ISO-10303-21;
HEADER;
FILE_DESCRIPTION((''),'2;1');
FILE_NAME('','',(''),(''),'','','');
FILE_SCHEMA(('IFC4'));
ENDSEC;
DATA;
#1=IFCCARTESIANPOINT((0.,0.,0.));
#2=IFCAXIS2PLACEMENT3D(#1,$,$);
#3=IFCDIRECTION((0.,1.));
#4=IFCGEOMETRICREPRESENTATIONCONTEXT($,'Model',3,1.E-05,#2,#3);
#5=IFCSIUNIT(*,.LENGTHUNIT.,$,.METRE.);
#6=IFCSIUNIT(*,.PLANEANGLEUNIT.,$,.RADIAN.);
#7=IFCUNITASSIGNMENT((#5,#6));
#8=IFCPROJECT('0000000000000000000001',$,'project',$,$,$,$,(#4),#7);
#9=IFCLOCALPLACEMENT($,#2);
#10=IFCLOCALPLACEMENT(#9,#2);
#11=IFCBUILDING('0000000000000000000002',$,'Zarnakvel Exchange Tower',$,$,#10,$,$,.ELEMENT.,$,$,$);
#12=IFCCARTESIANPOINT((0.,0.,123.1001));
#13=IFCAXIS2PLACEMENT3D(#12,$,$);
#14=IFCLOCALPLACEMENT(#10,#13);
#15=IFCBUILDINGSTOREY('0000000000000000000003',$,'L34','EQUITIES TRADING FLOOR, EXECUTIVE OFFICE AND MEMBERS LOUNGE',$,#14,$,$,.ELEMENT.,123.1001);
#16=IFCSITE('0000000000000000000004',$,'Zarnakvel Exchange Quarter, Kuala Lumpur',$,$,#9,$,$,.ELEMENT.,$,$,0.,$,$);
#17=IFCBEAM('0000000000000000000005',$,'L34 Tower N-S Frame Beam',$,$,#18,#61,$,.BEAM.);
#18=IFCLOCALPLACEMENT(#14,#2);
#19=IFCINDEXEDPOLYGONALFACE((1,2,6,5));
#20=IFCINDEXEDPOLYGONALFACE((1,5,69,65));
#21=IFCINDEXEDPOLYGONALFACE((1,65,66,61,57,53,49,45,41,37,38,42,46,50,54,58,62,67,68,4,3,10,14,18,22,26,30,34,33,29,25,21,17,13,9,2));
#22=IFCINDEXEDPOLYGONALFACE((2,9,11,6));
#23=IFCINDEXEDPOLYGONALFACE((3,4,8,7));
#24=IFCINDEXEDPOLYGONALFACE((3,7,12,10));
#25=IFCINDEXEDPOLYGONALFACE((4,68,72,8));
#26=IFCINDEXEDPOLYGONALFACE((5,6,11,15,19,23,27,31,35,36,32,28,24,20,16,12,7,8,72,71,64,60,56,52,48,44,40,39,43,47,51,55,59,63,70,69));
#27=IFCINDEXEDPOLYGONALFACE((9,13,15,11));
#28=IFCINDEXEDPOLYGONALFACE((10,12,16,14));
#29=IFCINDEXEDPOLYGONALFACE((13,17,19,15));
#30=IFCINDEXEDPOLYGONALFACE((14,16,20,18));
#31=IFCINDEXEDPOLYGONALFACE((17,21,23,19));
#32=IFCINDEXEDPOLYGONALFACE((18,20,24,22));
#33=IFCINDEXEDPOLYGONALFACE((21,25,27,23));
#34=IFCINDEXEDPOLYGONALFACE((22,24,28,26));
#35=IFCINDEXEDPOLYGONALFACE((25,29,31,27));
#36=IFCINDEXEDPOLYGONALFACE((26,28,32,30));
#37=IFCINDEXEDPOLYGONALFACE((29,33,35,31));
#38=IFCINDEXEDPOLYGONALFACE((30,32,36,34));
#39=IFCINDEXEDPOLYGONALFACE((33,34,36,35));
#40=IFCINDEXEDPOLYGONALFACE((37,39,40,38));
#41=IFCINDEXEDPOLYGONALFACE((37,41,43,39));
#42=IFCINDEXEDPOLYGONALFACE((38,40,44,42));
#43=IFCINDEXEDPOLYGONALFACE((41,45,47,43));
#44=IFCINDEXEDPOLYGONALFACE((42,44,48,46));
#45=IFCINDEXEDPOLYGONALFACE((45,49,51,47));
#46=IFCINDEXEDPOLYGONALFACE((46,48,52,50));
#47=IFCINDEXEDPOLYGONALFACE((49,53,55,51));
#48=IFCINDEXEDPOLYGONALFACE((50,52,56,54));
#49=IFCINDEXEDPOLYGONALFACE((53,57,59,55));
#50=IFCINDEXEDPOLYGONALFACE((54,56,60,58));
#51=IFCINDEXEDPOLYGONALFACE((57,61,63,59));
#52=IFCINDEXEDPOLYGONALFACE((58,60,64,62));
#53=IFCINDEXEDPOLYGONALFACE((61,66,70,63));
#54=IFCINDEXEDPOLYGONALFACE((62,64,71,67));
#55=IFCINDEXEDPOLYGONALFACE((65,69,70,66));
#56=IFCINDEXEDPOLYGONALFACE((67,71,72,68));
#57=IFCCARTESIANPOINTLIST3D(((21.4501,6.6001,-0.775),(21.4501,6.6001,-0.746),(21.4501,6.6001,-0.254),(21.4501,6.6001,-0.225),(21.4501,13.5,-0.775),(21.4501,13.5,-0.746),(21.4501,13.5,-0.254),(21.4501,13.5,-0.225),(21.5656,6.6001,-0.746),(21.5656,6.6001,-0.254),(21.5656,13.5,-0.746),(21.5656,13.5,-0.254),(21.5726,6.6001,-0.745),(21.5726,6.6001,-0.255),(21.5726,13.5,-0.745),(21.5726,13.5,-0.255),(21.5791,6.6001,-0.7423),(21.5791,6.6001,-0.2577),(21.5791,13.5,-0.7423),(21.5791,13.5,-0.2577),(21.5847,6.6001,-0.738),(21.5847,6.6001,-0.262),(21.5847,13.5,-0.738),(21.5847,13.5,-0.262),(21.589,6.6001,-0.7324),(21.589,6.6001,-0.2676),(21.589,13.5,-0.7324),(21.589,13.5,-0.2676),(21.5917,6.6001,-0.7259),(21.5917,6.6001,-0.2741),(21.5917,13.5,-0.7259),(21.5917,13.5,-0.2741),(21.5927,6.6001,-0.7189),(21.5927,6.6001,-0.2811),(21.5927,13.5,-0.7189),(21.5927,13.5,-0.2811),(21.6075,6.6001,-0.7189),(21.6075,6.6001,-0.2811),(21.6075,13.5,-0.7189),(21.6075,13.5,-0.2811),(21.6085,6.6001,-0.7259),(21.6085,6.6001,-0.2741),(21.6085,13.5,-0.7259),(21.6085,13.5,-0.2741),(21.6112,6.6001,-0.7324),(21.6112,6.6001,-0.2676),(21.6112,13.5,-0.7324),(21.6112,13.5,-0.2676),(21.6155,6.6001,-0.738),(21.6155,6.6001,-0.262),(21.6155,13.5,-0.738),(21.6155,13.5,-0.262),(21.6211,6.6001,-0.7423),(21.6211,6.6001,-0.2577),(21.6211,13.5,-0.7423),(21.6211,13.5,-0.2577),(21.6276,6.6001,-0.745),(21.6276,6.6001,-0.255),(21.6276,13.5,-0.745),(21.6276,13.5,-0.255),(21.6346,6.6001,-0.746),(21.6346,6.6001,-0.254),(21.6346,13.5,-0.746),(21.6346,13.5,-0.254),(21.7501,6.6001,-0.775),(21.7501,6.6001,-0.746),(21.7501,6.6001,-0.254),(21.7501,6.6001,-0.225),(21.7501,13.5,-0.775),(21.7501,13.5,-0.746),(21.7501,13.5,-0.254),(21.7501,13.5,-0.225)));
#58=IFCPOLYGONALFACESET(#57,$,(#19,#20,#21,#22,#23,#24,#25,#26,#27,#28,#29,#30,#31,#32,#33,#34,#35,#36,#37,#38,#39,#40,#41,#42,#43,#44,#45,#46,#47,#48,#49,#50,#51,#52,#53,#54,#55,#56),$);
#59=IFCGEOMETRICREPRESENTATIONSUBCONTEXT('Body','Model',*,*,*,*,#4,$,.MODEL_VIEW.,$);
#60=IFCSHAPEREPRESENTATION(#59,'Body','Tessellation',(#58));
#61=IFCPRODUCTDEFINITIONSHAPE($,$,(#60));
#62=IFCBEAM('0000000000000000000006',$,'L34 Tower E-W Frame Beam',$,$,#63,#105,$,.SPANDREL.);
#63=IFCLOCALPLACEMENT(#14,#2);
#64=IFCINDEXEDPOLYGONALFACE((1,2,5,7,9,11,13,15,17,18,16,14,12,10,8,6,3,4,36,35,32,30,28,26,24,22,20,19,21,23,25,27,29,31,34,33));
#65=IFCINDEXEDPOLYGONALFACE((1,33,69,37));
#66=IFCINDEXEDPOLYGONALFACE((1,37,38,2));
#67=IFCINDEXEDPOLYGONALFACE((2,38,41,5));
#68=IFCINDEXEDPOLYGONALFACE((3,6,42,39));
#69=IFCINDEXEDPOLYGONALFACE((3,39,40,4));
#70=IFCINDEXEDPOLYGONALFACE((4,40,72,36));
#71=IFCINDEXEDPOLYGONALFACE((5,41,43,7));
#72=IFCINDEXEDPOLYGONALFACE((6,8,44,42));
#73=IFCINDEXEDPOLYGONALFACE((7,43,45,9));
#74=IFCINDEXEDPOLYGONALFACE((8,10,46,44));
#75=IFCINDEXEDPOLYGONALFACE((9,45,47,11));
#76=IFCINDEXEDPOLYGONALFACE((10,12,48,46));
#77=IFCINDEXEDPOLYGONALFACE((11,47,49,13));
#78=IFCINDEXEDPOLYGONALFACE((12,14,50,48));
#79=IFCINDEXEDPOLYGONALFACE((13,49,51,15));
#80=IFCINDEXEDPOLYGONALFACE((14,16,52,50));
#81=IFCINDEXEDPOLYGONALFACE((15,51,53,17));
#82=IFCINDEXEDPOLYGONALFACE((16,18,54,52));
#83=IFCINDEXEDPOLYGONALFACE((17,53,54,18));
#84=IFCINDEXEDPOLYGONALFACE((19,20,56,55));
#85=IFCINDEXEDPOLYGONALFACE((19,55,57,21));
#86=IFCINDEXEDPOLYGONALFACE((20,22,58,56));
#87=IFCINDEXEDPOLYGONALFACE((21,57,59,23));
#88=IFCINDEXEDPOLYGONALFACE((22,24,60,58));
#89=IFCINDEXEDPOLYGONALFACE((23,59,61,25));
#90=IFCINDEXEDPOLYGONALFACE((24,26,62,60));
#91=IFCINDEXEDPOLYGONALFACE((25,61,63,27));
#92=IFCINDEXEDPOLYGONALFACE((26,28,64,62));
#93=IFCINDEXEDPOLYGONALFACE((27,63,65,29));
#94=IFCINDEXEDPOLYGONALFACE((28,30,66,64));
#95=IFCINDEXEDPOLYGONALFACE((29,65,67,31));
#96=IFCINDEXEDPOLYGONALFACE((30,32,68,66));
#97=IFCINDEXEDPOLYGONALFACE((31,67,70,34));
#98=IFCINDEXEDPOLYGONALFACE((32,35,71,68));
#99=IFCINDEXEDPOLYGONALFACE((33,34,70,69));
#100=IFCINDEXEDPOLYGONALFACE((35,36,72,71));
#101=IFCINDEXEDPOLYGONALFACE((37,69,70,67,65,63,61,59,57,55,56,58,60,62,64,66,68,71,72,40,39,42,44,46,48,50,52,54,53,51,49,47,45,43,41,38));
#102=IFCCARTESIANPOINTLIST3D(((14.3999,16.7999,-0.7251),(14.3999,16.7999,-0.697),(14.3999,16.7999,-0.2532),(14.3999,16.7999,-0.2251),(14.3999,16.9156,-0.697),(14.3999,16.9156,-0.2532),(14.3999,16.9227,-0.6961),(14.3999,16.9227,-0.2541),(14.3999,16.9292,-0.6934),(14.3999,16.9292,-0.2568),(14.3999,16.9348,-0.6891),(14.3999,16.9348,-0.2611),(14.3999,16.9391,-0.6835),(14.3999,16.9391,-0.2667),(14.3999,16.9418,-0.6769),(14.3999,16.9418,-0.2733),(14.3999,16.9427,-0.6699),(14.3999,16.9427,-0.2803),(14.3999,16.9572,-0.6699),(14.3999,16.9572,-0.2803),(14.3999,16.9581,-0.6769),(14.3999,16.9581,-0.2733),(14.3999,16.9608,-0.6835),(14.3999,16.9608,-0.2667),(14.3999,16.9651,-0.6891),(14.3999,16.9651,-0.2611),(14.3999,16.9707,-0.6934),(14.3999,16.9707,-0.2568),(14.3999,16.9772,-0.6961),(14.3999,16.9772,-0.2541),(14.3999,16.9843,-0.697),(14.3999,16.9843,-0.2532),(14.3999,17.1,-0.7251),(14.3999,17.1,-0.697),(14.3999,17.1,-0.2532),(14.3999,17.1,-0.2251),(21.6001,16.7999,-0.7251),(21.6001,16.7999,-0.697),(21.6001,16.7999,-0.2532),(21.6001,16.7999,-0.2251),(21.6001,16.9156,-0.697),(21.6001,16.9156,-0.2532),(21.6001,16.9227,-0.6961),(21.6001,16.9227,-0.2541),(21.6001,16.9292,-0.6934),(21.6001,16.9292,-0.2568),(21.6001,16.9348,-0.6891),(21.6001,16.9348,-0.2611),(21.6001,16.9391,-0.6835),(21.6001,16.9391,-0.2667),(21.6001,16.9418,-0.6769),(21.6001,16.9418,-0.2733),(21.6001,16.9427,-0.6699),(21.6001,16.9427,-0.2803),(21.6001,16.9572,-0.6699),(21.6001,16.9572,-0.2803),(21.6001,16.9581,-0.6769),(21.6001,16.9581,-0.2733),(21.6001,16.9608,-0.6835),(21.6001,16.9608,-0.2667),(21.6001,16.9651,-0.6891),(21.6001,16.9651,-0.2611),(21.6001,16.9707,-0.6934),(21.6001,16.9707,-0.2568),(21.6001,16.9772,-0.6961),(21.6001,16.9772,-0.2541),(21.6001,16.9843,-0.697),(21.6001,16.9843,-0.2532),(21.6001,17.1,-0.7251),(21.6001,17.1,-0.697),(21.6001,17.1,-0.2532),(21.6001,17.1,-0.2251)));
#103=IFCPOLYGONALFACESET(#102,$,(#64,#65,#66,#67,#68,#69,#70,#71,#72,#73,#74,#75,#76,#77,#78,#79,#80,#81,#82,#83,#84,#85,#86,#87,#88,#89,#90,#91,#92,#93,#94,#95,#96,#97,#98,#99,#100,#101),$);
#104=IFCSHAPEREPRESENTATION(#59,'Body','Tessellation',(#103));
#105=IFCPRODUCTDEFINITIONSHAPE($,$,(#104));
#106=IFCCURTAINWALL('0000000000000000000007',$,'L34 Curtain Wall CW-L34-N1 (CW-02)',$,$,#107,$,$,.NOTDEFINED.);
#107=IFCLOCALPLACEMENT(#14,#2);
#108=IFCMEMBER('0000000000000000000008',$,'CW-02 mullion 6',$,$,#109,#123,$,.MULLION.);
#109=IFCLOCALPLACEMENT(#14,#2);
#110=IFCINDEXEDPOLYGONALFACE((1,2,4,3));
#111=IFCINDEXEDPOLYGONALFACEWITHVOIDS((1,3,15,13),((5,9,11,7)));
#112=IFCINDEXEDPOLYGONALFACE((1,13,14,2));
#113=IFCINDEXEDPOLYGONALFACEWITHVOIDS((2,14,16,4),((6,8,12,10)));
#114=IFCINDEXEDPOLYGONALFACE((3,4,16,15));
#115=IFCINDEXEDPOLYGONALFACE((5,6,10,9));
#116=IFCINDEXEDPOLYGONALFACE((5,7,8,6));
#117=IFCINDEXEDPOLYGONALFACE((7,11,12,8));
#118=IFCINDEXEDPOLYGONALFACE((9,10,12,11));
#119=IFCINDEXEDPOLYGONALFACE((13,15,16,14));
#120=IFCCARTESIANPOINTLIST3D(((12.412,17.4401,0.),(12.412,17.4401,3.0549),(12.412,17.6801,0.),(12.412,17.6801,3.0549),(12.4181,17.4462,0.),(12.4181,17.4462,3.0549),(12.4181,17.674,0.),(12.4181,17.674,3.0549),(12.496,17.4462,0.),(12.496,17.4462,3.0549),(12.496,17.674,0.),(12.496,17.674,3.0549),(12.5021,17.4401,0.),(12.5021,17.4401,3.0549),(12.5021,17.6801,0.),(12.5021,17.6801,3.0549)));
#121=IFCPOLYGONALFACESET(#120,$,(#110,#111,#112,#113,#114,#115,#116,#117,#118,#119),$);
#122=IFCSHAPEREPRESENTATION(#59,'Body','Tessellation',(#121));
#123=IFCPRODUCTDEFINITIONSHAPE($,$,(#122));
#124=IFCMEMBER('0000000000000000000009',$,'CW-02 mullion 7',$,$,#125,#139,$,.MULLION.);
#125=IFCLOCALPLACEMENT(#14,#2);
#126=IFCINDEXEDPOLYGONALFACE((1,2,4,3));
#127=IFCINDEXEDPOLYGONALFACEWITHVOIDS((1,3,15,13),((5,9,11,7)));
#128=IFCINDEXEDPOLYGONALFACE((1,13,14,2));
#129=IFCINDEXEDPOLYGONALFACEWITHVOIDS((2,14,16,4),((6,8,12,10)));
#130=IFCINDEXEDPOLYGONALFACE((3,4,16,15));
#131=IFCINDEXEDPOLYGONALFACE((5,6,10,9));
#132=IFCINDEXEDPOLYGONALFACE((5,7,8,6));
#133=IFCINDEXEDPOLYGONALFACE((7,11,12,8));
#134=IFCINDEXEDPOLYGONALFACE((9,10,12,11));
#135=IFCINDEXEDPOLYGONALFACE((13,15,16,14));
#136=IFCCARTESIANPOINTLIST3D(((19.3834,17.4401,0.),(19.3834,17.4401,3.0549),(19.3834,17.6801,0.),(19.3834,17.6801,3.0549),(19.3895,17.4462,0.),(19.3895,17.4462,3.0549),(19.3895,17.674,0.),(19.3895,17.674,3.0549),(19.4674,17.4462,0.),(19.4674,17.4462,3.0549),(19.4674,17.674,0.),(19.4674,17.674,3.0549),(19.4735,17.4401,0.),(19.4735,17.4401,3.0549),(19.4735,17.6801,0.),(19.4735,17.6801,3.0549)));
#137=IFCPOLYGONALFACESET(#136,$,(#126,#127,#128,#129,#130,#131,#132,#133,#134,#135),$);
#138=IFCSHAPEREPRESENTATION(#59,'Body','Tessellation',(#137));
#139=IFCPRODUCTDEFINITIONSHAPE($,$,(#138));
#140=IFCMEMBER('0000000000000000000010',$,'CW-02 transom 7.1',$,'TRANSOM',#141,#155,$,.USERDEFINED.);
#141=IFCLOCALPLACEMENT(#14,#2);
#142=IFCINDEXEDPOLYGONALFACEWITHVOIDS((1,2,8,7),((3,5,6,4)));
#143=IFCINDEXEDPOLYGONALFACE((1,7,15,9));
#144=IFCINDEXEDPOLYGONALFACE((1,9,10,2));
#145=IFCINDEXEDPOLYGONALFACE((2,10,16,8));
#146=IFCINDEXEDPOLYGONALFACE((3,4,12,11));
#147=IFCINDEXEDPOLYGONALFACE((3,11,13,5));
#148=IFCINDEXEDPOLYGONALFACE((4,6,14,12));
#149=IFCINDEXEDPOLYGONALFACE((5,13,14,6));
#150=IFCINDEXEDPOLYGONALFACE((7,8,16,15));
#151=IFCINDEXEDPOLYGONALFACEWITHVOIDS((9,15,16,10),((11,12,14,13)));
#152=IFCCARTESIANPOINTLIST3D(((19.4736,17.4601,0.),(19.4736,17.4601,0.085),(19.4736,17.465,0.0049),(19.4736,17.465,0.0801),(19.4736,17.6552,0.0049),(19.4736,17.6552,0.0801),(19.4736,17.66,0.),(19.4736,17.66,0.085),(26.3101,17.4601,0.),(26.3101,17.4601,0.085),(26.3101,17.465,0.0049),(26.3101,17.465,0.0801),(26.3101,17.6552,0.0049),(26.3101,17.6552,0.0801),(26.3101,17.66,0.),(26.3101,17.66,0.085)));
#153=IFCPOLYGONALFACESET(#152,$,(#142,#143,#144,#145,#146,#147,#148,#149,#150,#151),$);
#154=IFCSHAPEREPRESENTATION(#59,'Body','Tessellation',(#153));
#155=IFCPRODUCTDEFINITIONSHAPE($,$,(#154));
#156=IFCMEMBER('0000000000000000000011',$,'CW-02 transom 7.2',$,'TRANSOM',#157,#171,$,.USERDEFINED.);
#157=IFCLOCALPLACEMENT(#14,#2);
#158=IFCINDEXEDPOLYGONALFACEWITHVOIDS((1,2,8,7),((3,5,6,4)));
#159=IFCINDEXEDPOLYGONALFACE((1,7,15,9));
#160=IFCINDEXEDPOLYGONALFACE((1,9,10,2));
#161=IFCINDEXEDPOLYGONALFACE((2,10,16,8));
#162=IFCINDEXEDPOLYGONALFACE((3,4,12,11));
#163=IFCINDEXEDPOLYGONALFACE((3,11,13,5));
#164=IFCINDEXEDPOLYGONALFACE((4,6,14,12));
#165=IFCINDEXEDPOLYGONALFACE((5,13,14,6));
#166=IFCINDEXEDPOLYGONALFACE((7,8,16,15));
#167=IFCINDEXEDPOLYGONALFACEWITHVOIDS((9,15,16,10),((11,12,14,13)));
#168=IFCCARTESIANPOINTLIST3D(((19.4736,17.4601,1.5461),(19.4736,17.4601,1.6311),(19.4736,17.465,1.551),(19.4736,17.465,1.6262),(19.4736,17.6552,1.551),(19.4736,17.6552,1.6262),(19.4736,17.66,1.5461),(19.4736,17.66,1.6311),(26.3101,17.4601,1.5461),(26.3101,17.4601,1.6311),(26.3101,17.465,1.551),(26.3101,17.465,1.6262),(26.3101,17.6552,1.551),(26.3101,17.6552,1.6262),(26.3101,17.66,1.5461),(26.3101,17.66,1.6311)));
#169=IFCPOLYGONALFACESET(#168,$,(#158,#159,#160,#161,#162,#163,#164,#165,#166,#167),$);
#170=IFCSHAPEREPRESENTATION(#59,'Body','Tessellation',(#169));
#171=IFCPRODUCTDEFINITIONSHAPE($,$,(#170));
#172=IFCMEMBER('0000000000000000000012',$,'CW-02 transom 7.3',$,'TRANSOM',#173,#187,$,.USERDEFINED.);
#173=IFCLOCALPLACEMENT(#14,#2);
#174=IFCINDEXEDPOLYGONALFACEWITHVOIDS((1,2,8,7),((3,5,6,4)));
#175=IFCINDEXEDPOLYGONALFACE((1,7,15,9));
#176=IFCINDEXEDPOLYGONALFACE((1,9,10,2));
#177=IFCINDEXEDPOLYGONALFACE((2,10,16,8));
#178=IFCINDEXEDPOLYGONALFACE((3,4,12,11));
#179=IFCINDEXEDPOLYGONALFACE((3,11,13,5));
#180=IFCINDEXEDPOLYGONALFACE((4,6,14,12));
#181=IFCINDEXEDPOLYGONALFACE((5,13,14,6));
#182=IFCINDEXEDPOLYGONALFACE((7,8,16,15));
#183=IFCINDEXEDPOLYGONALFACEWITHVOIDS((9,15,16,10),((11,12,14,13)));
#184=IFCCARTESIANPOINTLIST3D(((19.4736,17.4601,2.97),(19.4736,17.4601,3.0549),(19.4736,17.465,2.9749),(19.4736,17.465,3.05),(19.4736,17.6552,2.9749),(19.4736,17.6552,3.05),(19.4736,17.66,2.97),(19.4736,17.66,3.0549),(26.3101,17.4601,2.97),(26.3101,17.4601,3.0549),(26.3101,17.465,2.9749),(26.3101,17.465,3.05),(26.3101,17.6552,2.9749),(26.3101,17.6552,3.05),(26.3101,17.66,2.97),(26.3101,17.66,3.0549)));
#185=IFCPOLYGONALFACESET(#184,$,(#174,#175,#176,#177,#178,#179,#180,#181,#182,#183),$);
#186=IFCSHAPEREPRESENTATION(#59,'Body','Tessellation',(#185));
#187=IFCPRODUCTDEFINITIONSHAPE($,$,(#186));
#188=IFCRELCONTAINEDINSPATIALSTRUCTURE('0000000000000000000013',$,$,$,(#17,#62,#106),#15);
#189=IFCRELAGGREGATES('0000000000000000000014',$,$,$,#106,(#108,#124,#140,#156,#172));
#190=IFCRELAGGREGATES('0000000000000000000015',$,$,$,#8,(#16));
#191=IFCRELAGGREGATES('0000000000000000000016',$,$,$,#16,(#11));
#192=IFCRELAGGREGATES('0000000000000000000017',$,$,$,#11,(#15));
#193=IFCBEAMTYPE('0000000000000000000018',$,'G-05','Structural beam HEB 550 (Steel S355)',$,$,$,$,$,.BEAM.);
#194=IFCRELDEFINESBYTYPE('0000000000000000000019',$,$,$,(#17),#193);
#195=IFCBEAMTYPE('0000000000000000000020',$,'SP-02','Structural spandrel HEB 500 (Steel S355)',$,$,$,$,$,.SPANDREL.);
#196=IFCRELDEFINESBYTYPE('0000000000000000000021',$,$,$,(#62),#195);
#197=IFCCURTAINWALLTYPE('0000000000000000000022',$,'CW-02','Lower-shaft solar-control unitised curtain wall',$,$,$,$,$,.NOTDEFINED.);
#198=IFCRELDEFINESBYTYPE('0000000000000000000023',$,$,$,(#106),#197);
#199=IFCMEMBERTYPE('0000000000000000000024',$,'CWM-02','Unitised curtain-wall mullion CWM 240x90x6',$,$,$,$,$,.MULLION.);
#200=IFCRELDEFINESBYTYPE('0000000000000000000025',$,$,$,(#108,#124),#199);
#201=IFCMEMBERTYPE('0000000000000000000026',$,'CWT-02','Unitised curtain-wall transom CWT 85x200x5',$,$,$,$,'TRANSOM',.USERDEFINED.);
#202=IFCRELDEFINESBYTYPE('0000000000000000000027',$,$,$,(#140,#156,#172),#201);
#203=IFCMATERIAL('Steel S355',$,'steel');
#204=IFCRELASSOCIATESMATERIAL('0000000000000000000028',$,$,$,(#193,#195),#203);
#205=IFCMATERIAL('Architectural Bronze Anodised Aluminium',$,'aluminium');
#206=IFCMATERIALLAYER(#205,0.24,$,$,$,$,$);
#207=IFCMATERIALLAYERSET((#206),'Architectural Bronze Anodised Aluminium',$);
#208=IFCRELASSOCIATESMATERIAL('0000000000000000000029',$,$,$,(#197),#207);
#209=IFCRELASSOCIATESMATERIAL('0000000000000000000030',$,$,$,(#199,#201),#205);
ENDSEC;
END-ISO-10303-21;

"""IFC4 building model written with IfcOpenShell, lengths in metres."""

from ifc_helpers import new_model, si_unit, direction, frame, origin, origin_2d, place, context, subcontext, project, spatial, hollow_rectangle, i_section, extrude, source, transform, mapped, material, layer, layer_set, material_profile, profile_set, type_object, element, aggregate, save


model = new_model("IFC4")

# Units and contexts
model_context = context("Model", 3, precision=1e-05, world=origin(), true_north=direction((0.0, 1.0)))
body_context = subcontext(model_context, "Body", "Model", "MODEL_VIEW")
ifc_project = project(units=[si_unit("LENGTHUNIT", "METRE"), si_unit("PLANEANGLEUNIT", "RADIAN")], contexts=[model_context])

# Site, building, storey
site_placement = place(None, origin())
site = spatial("IfcSite", under=ifc_project, at=site_placement, Name="Zarnakvel Exchange Quarter, Kuala Lumpur", CompositionType="ELEMENT", RefElevation=0.0)
building_placement = place(site_placement, origin())
building = spatial("IfcBuilding", under=site, at=building_placement, Name="Zarnakvel Exchange Tower", CompositionType="ELEMENT")
storey_placement = place(building_placement, frame((0.0, 0.0, 123.1001)))
storey = spatial("IfcBuildingStorey", under=building, at=storey_placement, Name="L34", Description="EQUITIES TRADING FLOOR, EXECUTIVE OFFICE AND MEMBERS LOUNGE", CompositionType="ELEMENT", Elevation=123.1001)

# Beams
ifc_material_1 = material(Name="Steel S355", Category="steel")
ifc_material_profile_1 = material_profile(ifc_material_1, i_section(OverallWidth=0.3, OverallDepth=0.55, WebThickness=0.0149, FlangeThickness=0.0291, FilletRadius=0.0271, at=origin_2d()))
ifc_profile_set_1 = profile_set([ifc_material_profile_1], Name="Steel S355")
beam_type_1 = type_object("IfcBeamType", Name="G-05", Description="Structural beam HEB 550 (Steel S355)", PredefinedType="BEAM", material=ifc_profile_set_1)
beam_1_placement = place(storey_placement, frame((21.6001, 6.6001, -0.5), z_axis=(0.0, 1.0, 0.0), x_axis=(-1.0, 0.0, 0.0)))
element("IfcBeam", 1, at=beam_1_placement, inside=storey, type_object=beam_type_1, Name="L34 Tower N-S Frame Beam", PredefinedType="BEAM", context=body_context, shape_type="SweptSolid", body=[
    extrude(i_section(OverallWidth=0.3, OverallDepth=0.55, WebThickness=0.0149, FlangeThickness=0.0291, FilletRadius=0.0271, at=origin_2d()), origin(), (0.0, 0.0, 1.0), 6.8999),
])
ifc_material_profile_2 = material_profile(ifc_material_1, i_section(OverallWidth=0.3, OverallDepth=0.5, WebThickness=0.0144, FlangeThickness=0.0281, FilletRadius=0.0271, at=origin_2d()))
ifc_profile_set_2 = profile_set([ifc_material_profile_2], Name="Steel S355")
beam_type_2 = type_object("IfcBeamType", Name="SP-02", Description="Structural spandrel HEB 500 (Steel S355)", PredefinedType="SPANDREL", material=ifc_profile_set_2)
beam_2_placement = place(storey_placement, frame((14.3999, 16.95, -0.4751), z_axis=(1.0, 0.0, 0.0), x_axis=(0.0, 1.0, 0.0)))
element("IfcBeam", 2, at=beam_2_placement, inside=storey, type_object=beam_type_2, Name="L34 Tower E-W Frame Beam", PredefinedType="SPANDREL", context=body_context, shape_type="SweptSolid", body=[
    extrude(i_section(OverallWidth=0.3, OverallDepth=0.5, WebThickness=0.0144, FlangeThickness=0.0281, FilletRadius=0.0271, at=origin_2d()), origin(), (0.0, 0.0, 1.0), 7.2002),
])

# Curtain wall, members
ifc_material_2 = material(Name="Architectural Bronze Anodised Aluminium", Category="aluminium")
ifc_layer_1 = layer(ifc_material_2, 0.24)
ifc_layer_set_1 = layer_set([ifc_layer_1], Name="Architectural Bronze Anodised Aluminium")
curtain_wall_type = type_object("IfcCurtainWallType", Name="CW-02", Description="Lower-shaft solar-control unitised curtain wall", PredefinedType="NOTDEFINED", material=ifc_layer_set_1)
curtain_wall_placement = place(storey_placement, origin())
curtain_wall = element("IfcCurtainWall", 3, at=curtain_wall_placement, inside=storey, type_object=curtain_wall_type, Name="L34 Curtain Wall CW-L34-N1 (CW-02)", PredefinedType="NOTDEFINED")
ifc_material_profile_3 = material_profile(ifc_material_2, hollow_rectangle(XDim=0.24, YDim=0.0901, WallThickness=0.0061, at=origin_2d()))
ifc_profile_set_3 = profile_set([ifc_material_profile_3], Name="Architectural Bronze Anodised Aluminium")
member_type_1 = type_object("IfcMemberType", Name="CWM-02", Description="Unitised curtain-wall mullion CWM 240x90x6", PredefinedType="MULLION", material=ifc_profile_set_3)
shared_shape_1 = source(origin(), body_context, "Body", "SweptSolid", [
    extrude(hollow_rectangle(XDim=0.24, YDim=0.0901, WallThickness=0.0061, at=origin_2d()), origin(), (0.0, 0.0, 1.0), 3.0549),
])
member_1_placement = place(storey_placement, frame((12.457, 17.5601, 0.0), z_axis=(0.0, 0.0, 1.0), x_axis=(0.0, 1.0, 0.0)))
member_1 = element("IfcMember", 4, at=member_1_placement, type_object=member_type_1, Name="CW-02 mullion 6", PredefinedType="MULLION", context=body_context, shape_type="MappedRepresentation", body=[
    mapped(shared_shape_1, transform((0.0, 0.0, 0.0), x_axis=(1.0, 0.0, 0.0), y_axis=(0.0, 1.0, 0.0), z_axis=(0.0, 0.0, 1.0), scale=1.0)),
])
member_2_placement = place(storey_placement, frame((19.4285, 17.5601, 0.0), z_axis=(0.0, 0.0, 1.0), x_axis=(0.0, 1.0, 0.0)))
member_2 = element("IfcMember", 5, at=member_2_placement, type_object=member_type_1, Name="CW-02 mullion 7", PredefinedType="MULLION", context=body_context, shape_type="MappedRepresentation", body=[
    mapped(shared_shape_1, transform((0.0, 0.0, 0.0), x_axis=(1.0, 0.0, 0.0), y_axis=(0.0, 1.0, 0.0), z_axis=(0.0, 0.0, 1.0), scale=1.0)),
])
ifc_material_profile_4 = material_profile(ifc_material_2, hollow_rectangle(XDim=0.2, YDim=0.085, WallThickness=0.0049, at=origin_2d()))
ifc_profile_set_4 = profile_set([ifc_material_profile_4], Name="Architectural Bronze Anodised Aluminium")
member_type_2 = type_object("IfcMemberType", Name="CWT-02", Description="Unitised curtain-wall transom CWT 85x200x5", ElementType="TRANSOM", PredefinedType="USERDEFINED", material=ifc_profile_set_4)
shared_shape_2 = source(origin(), body_context, "Body", "SweptSolid", [
    extrude(hollow_rectangle(XDim=0.2, YDim=0.085, WallThickness=0.0049, at=origin_2d()), origin(), (0.0, 0.0, 1.0), 6.8364),
])
member_3_placement = place(storey_placement, frame((19.4736, 17.5601, 0.0425), z_axis=(1.0, 0.0, 0.0), x_axis=(0.0, 1.0, 0.0)))
member_3 = element("IfcMember", 6, at=member_3_placement, type_object=member_type_2, Name="CW-02 transom 7.1", ObjectType="TRANSOM", PredefinedType="USERDEFINED", context=body_context, shape_type="MappedRepresentation", body=[
    mapped(shared_shape_2, transform((0.0, 0.0, 0.0), x_axis=(1.0, 0.0, 0.0), y_axis=(0.0, 1.0, 0.0), z_axis=(0.0, 0.0, 1.0), scale=1.0)),
])
member_4_placement = place(storey_placement, frame((19.4736, 17.5601, 1.5886), z_axis=(1.0, 0.0, 0.0), x_axis=(0.0, 1.0, 0.0)))
member_4 = element("IfcMember", 7, at=member_4_placement, type_object=member_type_2, Name="CW-02 transom 7.2", ObjectType="TRANSOM", PredefinedType="USERDEFINED", context=body_context, shape_type="MappedRepresentation", body=[
    mapped(shared_shape_2, transform((0.0, 0.0, 0.0), x_axis=(1.0, 0.0, 0.0), y_axis=(0.0, 1.0, 0.0), z_axis=(0.0, 0.0, 1.0), scale=1.0)),
])
member_5_placement = place(storey_placement, frame((19.4736, 17.5601, 3.0125), z_axis=(1.0, 0.0, 0.0), x_axis=(0.0, 1.0, 0.0)))
member_5 = element("IfcMember", 8, at=member_5_placement, type_object=member_type_2, Name="CW-02 transom 7.3", ObjectType="TRANSOM", PredefinedType="USERDEFINED", context=body_context, shape_type="MappedRepresentation", body=[
    mapped(shared_shape_2, transform((0.0, 0.0, 0.0), x_axis=(1.0, 0.0, 0.0), y_axis=(0.0, 1.0, 0.0), z_axis=(0.0, 0.0, 1.0), scale=1.0)),
])
aggregate(curtain_wall, [member_1, member_2, member_3, member_4, member_5])

save(model, "model.ifc")
